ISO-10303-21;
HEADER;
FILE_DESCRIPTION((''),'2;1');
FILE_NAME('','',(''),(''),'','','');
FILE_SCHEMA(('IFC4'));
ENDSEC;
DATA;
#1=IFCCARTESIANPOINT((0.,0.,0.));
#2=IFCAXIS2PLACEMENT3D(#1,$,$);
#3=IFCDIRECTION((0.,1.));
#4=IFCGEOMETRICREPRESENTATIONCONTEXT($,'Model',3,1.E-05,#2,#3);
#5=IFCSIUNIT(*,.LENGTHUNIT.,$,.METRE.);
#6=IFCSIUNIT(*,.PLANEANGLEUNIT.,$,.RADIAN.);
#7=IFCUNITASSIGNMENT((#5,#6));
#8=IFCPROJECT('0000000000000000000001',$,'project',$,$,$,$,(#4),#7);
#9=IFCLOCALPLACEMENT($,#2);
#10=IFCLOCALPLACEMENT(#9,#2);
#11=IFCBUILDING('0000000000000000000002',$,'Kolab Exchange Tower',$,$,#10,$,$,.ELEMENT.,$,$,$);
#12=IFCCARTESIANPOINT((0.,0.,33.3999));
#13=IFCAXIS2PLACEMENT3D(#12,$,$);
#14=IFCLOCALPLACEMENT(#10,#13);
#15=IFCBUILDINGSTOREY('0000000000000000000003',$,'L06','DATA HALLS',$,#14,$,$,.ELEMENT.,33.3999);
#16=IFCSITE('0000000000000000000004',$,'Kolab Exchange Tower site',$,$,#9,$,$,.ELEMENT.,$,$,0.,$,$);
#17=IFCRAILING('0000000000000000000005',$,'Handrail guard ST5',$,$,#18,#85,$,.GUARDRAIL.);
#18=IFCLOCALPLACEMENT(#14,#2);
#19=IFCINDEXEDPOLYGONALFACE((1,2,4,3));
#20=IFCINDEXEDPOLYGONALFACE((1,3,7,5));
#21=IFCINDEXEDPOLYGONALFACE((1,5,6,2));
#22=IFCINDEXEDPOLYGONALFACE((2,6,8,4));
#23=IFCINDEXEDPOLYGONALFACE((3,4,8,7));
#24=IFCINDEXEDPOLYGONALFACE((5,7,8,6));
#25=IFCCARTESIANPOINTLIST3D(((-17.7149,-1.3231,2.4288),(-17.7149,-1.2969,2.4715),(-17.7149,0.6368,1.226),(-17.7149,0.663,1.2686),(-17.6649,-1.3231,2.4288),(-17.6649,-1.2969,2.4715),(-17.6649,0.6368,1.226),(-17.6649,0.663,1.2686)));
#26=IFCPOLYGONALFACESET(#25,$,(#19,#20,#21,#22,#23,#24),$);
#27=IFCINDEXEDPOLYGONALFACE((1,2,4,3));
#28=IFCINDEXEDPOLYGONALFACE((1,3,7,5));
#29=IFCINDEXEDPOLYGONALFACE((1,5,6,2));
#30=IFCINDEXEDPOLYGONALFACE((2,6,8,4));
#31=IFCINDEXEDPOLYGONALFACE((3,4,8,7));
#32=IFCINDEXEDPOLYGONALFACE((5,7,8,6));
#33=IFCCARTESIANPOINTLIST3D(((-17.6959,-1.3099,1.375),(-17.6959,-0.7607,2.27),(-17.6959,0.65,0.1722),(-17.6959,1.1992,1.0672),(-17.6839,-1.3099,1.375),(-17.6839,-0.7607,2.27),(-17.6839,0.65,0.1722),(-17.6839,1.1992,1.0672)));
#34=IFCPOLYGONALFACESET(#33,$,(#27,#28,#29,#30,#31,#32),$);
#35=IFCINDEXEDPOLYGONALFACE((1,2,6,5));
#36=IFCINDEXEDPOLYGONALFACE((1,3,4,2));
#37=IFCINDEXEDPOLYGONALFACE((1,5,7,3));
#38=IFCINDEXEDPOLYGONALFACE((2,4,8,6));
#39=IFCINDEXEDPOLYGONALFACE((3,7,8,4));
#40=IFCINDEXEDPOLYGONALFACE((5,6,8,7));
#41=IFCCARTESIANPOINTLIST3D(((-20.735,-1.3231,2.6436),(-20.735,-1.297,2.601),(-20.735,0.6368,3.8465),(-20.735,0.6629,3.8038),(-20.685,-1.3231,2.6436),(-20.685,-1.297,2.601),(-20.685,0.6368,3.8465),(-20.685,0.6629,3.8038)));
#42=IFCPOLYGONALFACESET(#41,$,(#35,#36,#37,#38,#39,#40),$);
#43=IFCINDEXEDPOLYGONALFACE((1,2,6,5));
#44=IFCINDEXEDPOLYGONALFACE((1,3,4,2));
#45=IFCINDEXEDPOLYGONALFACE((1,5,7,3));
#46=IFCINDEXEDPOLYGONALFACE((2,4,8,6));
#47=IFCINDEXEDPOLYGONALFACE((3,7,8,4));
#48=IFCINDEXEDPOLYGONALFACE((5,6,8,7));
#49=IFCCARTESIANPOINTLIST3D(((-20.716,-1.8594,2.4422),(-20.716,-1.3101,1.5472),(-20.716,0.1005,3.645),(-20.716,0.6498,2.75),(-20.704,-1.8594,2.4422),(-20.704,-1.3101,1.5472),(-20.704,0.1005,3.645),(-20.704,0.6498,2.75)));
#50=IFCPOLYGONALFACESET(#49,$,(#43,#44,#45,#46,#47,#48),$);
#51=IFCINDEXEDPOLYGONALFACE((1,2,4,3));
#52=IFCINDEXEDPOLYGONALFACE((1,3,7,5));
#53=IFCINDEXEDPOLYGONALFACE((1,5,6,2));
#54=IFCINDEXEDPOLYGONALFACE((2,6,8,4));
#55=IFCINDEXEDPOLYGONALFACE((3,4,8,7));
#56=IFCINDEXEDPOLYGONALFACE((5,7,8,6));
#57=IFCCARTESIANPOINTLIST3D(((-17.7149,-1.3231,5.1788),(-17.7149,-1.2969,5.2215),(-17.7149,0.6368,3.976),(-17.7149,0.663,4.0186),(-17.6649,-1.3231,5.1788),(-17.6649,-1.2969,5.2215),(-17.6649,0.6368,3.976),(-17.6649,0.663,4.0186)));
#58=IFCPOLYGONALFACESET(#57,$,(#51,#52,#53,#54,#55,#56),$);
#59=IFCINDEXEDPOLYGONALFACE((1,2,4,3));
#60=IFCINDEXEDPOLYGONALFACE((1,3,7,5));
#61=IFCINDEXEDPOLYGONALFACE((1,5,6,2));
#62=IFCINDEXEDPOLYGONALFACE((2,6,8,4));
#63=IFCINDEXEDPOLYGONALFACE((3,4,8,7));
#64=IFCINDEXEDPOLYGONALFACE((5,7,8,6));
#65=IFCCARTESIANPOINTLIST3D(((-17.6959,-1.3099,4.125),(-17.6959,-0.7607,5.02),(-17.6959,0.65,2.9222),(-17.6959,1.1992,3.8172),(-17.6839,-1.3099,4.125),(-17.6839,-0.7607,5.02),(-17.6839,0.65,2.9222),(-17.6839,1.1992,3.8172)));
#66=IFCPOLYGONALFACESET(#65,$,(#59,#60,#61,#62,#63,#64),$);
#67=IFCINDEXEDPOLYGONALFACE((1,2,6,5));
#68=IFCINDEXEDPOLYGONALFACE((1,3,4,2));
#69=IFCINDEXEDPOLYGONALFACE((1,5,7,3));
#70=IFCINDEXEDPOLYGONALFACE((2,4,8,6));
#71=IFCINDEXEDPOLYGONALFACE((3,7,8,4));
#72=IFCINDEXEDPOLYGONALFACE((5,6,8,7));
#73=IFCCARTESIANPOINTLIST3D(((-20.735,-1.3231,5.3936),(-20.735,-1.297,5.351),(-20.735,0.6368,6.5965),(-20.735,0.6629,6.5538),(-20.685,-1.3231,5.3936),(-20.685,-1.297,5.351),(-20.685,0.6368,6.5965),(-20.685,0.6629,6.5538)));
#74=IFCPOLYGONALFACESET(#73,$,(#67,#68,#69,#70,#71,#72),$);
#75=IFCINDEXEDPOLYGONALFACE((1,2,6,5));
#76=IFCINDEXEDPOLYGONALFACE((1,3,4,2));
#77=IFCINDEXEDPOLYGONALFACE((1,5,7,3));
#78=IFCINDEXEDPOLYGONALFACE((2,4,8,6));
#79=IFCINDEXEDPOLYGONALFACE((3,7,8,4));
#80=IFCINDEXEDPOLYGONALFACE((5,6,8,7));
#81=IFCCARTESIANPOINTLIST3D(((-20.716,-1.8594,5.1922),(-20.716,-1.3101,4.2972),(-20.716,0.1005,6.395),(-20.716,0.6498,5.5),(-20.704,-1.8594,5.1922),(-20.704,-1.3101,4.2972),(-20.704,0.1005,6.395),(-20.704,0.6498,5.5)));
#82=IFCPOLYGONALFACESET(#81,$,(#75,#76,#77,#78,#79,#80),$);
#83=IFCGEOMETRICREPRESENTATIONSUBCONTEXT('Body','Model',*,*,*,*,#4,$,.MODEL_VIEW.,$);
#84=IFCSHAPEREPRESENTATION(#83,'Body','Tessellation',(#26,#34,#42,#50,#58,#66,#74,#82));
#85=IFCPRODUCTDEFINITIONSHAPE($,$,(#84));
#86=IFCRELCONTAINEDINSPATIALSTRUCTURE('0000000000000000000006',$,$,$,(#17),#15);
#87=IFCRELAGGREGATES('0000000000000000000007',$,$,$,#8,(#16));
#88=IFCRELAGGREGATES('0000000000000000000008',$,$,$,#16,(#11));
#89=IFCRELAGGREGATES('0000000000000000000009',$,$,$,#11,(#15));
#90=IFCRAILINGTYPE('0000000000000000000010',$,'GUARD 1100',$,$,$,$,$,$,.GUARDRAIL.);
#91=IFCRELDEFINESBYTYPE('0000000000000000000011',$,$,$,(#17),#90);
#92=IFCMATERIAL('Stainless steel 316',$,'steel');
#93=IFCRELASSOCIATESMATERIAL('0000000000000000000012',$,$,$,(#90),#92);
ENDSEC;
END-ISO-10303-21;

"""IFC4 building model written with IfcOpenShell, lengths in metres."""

from ifc_helpers import new_model, si_unit, direction, frame, frame_2d, origin, origin_2d, place, context, subcontext, project, spatial, rectangle, extrude, material, type_object, element, save


model = new_model("IFC4")

# Units and contexts
model_context = context("Model", 3, precision=1e-05, world=origin(), true_north=direction((0.0, 1.0)))
body_context = subcontext(model_context, "Body", "Model", "MODEL_VIEW")
ifc_project = project(units=[si_unit("LENGTHUNIT", "METRE"), si_unit("PLANEANGLEUNIT", "RADIAN")], contexts=[model_context])

# Site, building, storey
site_placement = place(None, origin())
site = spatial("IfcSite", under=ifc_project, at=site_placement, Name="Kolab Exchange Tower site", CompositionType="ELEMENT", RefElevation=0.0)
building_placement = place(site_placement, origin())
building = spatial("IfcBuilding", under=site, at=building_placement, Name="Kolab Exchange Tower", CompositionType="ELEMENT")
storey_placement = place(building_placement, frame((0.0, 0.0, 33.3999)))
storey = spatial("IfcBuildingStorey", under=building, at=storey_placement, Name="L06", Description="DATA HALLS", CompositionType="ELEMENT", Elevation=33.3999)

# Railing
ifc_material_1 = material(Name="Stainless steel 316", Category="steel")
railing_type = type_object("IfcRailingType", Name="GUARD 1100", PredefinedType="GUARDRAIL", material=ifc_material_1)
railing_1_placement = place(storey_placement, frame((-17.6899, 0.6499, 0.1721)))
element("IfcRailing", 1, at=railing_1_placement, inside=storey, type_object=railing_type, Name="Handrail guard ST5", PredefinedType="GUARDRAIL", context=body_context, shape_type="SweptSolid", body=[
    extrude(rectangle(XDim=0.05, YDim=0.05, at=origin_2d()), frame((0.0, 0.0, 1.0752), z_axis=(0.0, -0.852288, 0.523072), x_axis=(1.0, 0.0, 0.0)), (0.0, 0.0, 1.0), 2.2996),
    extrude(rectangle(XDim=0.012, YDim=1.0501, at=frame_2d((0.0, 0.5251))), frame((0.0, 0.0, 0.0), z_axis=(0.0, -0.852288, 0.523072), x_axis=(1.0, 0.0, 0.0)), (0.0, 0.0, 1.0), 2.2996),
    extrude(rectangle(XDim=0.05, YDim=0.05, at=origin_2d()), frame((-3.02, -1.96, 2.4502), z_axis=(0.0, 0.852288, 0.523072), x_axis=(-1.0, 0.0, 0.0)), (0.0, 0.0, 1.0), 2.2996),
    extrude(rectangle(XDim=0.012, YDim=1.0501, at=frame_2d((0.0, 0.5251))), frame((-3.02, -1.96, 1.375), z_axis=(0.0, 0.852288, 0.523072), x_axis=(-1.0, 0.0, 0.0)), (0.0, 0.0, 1.0), 2.2996),
    extrude(rectangle(XDim=0.05, YDim=0.05, at=origin_2d()), frame((0.0, 0.0, 3.8252), z_axis=(0.0, -0.852288, 0.523072), x_axis=(1.0, 0.0, 0.0)), (0.0, 0.0, 1.0), 2.2996),
    extrude(rectangle(XDim=0.012, YDim=1.0501, at=frame_2d((0.0, 0.5251))), frame((0.0, 0.0, 2.75), z_axis=(0.0, -0.852288, 0.523072), x_axis=(1.0, 0.0, 0.0)), (0.0, 0.0, 1.0), 2.2996),
    extrude(rectangle(XDim=0.05, YDim=0.05, at=origin_2d()), frame((-3.02, -1.96, 5.2002), z_axis=(0.0, 0.852288, 0.523072), x_axis=(-1.0, 0.0, 0.0)), (0.0, 0.0, 1.0), 2.2996),
    extrude(rectangle(XDim=0.012, YDim=1.0501, at=frame_2d((0.0, 0.5251))), frame((-3.02, -1.96, 4.125), z_axis=(0.0, 0.852288, 0.523072), x_axis=(-1.0, 0.0, 0.0)), (0.0, 0.0, 1.0), 2.2996),
])

save(model, "model.ifc")
